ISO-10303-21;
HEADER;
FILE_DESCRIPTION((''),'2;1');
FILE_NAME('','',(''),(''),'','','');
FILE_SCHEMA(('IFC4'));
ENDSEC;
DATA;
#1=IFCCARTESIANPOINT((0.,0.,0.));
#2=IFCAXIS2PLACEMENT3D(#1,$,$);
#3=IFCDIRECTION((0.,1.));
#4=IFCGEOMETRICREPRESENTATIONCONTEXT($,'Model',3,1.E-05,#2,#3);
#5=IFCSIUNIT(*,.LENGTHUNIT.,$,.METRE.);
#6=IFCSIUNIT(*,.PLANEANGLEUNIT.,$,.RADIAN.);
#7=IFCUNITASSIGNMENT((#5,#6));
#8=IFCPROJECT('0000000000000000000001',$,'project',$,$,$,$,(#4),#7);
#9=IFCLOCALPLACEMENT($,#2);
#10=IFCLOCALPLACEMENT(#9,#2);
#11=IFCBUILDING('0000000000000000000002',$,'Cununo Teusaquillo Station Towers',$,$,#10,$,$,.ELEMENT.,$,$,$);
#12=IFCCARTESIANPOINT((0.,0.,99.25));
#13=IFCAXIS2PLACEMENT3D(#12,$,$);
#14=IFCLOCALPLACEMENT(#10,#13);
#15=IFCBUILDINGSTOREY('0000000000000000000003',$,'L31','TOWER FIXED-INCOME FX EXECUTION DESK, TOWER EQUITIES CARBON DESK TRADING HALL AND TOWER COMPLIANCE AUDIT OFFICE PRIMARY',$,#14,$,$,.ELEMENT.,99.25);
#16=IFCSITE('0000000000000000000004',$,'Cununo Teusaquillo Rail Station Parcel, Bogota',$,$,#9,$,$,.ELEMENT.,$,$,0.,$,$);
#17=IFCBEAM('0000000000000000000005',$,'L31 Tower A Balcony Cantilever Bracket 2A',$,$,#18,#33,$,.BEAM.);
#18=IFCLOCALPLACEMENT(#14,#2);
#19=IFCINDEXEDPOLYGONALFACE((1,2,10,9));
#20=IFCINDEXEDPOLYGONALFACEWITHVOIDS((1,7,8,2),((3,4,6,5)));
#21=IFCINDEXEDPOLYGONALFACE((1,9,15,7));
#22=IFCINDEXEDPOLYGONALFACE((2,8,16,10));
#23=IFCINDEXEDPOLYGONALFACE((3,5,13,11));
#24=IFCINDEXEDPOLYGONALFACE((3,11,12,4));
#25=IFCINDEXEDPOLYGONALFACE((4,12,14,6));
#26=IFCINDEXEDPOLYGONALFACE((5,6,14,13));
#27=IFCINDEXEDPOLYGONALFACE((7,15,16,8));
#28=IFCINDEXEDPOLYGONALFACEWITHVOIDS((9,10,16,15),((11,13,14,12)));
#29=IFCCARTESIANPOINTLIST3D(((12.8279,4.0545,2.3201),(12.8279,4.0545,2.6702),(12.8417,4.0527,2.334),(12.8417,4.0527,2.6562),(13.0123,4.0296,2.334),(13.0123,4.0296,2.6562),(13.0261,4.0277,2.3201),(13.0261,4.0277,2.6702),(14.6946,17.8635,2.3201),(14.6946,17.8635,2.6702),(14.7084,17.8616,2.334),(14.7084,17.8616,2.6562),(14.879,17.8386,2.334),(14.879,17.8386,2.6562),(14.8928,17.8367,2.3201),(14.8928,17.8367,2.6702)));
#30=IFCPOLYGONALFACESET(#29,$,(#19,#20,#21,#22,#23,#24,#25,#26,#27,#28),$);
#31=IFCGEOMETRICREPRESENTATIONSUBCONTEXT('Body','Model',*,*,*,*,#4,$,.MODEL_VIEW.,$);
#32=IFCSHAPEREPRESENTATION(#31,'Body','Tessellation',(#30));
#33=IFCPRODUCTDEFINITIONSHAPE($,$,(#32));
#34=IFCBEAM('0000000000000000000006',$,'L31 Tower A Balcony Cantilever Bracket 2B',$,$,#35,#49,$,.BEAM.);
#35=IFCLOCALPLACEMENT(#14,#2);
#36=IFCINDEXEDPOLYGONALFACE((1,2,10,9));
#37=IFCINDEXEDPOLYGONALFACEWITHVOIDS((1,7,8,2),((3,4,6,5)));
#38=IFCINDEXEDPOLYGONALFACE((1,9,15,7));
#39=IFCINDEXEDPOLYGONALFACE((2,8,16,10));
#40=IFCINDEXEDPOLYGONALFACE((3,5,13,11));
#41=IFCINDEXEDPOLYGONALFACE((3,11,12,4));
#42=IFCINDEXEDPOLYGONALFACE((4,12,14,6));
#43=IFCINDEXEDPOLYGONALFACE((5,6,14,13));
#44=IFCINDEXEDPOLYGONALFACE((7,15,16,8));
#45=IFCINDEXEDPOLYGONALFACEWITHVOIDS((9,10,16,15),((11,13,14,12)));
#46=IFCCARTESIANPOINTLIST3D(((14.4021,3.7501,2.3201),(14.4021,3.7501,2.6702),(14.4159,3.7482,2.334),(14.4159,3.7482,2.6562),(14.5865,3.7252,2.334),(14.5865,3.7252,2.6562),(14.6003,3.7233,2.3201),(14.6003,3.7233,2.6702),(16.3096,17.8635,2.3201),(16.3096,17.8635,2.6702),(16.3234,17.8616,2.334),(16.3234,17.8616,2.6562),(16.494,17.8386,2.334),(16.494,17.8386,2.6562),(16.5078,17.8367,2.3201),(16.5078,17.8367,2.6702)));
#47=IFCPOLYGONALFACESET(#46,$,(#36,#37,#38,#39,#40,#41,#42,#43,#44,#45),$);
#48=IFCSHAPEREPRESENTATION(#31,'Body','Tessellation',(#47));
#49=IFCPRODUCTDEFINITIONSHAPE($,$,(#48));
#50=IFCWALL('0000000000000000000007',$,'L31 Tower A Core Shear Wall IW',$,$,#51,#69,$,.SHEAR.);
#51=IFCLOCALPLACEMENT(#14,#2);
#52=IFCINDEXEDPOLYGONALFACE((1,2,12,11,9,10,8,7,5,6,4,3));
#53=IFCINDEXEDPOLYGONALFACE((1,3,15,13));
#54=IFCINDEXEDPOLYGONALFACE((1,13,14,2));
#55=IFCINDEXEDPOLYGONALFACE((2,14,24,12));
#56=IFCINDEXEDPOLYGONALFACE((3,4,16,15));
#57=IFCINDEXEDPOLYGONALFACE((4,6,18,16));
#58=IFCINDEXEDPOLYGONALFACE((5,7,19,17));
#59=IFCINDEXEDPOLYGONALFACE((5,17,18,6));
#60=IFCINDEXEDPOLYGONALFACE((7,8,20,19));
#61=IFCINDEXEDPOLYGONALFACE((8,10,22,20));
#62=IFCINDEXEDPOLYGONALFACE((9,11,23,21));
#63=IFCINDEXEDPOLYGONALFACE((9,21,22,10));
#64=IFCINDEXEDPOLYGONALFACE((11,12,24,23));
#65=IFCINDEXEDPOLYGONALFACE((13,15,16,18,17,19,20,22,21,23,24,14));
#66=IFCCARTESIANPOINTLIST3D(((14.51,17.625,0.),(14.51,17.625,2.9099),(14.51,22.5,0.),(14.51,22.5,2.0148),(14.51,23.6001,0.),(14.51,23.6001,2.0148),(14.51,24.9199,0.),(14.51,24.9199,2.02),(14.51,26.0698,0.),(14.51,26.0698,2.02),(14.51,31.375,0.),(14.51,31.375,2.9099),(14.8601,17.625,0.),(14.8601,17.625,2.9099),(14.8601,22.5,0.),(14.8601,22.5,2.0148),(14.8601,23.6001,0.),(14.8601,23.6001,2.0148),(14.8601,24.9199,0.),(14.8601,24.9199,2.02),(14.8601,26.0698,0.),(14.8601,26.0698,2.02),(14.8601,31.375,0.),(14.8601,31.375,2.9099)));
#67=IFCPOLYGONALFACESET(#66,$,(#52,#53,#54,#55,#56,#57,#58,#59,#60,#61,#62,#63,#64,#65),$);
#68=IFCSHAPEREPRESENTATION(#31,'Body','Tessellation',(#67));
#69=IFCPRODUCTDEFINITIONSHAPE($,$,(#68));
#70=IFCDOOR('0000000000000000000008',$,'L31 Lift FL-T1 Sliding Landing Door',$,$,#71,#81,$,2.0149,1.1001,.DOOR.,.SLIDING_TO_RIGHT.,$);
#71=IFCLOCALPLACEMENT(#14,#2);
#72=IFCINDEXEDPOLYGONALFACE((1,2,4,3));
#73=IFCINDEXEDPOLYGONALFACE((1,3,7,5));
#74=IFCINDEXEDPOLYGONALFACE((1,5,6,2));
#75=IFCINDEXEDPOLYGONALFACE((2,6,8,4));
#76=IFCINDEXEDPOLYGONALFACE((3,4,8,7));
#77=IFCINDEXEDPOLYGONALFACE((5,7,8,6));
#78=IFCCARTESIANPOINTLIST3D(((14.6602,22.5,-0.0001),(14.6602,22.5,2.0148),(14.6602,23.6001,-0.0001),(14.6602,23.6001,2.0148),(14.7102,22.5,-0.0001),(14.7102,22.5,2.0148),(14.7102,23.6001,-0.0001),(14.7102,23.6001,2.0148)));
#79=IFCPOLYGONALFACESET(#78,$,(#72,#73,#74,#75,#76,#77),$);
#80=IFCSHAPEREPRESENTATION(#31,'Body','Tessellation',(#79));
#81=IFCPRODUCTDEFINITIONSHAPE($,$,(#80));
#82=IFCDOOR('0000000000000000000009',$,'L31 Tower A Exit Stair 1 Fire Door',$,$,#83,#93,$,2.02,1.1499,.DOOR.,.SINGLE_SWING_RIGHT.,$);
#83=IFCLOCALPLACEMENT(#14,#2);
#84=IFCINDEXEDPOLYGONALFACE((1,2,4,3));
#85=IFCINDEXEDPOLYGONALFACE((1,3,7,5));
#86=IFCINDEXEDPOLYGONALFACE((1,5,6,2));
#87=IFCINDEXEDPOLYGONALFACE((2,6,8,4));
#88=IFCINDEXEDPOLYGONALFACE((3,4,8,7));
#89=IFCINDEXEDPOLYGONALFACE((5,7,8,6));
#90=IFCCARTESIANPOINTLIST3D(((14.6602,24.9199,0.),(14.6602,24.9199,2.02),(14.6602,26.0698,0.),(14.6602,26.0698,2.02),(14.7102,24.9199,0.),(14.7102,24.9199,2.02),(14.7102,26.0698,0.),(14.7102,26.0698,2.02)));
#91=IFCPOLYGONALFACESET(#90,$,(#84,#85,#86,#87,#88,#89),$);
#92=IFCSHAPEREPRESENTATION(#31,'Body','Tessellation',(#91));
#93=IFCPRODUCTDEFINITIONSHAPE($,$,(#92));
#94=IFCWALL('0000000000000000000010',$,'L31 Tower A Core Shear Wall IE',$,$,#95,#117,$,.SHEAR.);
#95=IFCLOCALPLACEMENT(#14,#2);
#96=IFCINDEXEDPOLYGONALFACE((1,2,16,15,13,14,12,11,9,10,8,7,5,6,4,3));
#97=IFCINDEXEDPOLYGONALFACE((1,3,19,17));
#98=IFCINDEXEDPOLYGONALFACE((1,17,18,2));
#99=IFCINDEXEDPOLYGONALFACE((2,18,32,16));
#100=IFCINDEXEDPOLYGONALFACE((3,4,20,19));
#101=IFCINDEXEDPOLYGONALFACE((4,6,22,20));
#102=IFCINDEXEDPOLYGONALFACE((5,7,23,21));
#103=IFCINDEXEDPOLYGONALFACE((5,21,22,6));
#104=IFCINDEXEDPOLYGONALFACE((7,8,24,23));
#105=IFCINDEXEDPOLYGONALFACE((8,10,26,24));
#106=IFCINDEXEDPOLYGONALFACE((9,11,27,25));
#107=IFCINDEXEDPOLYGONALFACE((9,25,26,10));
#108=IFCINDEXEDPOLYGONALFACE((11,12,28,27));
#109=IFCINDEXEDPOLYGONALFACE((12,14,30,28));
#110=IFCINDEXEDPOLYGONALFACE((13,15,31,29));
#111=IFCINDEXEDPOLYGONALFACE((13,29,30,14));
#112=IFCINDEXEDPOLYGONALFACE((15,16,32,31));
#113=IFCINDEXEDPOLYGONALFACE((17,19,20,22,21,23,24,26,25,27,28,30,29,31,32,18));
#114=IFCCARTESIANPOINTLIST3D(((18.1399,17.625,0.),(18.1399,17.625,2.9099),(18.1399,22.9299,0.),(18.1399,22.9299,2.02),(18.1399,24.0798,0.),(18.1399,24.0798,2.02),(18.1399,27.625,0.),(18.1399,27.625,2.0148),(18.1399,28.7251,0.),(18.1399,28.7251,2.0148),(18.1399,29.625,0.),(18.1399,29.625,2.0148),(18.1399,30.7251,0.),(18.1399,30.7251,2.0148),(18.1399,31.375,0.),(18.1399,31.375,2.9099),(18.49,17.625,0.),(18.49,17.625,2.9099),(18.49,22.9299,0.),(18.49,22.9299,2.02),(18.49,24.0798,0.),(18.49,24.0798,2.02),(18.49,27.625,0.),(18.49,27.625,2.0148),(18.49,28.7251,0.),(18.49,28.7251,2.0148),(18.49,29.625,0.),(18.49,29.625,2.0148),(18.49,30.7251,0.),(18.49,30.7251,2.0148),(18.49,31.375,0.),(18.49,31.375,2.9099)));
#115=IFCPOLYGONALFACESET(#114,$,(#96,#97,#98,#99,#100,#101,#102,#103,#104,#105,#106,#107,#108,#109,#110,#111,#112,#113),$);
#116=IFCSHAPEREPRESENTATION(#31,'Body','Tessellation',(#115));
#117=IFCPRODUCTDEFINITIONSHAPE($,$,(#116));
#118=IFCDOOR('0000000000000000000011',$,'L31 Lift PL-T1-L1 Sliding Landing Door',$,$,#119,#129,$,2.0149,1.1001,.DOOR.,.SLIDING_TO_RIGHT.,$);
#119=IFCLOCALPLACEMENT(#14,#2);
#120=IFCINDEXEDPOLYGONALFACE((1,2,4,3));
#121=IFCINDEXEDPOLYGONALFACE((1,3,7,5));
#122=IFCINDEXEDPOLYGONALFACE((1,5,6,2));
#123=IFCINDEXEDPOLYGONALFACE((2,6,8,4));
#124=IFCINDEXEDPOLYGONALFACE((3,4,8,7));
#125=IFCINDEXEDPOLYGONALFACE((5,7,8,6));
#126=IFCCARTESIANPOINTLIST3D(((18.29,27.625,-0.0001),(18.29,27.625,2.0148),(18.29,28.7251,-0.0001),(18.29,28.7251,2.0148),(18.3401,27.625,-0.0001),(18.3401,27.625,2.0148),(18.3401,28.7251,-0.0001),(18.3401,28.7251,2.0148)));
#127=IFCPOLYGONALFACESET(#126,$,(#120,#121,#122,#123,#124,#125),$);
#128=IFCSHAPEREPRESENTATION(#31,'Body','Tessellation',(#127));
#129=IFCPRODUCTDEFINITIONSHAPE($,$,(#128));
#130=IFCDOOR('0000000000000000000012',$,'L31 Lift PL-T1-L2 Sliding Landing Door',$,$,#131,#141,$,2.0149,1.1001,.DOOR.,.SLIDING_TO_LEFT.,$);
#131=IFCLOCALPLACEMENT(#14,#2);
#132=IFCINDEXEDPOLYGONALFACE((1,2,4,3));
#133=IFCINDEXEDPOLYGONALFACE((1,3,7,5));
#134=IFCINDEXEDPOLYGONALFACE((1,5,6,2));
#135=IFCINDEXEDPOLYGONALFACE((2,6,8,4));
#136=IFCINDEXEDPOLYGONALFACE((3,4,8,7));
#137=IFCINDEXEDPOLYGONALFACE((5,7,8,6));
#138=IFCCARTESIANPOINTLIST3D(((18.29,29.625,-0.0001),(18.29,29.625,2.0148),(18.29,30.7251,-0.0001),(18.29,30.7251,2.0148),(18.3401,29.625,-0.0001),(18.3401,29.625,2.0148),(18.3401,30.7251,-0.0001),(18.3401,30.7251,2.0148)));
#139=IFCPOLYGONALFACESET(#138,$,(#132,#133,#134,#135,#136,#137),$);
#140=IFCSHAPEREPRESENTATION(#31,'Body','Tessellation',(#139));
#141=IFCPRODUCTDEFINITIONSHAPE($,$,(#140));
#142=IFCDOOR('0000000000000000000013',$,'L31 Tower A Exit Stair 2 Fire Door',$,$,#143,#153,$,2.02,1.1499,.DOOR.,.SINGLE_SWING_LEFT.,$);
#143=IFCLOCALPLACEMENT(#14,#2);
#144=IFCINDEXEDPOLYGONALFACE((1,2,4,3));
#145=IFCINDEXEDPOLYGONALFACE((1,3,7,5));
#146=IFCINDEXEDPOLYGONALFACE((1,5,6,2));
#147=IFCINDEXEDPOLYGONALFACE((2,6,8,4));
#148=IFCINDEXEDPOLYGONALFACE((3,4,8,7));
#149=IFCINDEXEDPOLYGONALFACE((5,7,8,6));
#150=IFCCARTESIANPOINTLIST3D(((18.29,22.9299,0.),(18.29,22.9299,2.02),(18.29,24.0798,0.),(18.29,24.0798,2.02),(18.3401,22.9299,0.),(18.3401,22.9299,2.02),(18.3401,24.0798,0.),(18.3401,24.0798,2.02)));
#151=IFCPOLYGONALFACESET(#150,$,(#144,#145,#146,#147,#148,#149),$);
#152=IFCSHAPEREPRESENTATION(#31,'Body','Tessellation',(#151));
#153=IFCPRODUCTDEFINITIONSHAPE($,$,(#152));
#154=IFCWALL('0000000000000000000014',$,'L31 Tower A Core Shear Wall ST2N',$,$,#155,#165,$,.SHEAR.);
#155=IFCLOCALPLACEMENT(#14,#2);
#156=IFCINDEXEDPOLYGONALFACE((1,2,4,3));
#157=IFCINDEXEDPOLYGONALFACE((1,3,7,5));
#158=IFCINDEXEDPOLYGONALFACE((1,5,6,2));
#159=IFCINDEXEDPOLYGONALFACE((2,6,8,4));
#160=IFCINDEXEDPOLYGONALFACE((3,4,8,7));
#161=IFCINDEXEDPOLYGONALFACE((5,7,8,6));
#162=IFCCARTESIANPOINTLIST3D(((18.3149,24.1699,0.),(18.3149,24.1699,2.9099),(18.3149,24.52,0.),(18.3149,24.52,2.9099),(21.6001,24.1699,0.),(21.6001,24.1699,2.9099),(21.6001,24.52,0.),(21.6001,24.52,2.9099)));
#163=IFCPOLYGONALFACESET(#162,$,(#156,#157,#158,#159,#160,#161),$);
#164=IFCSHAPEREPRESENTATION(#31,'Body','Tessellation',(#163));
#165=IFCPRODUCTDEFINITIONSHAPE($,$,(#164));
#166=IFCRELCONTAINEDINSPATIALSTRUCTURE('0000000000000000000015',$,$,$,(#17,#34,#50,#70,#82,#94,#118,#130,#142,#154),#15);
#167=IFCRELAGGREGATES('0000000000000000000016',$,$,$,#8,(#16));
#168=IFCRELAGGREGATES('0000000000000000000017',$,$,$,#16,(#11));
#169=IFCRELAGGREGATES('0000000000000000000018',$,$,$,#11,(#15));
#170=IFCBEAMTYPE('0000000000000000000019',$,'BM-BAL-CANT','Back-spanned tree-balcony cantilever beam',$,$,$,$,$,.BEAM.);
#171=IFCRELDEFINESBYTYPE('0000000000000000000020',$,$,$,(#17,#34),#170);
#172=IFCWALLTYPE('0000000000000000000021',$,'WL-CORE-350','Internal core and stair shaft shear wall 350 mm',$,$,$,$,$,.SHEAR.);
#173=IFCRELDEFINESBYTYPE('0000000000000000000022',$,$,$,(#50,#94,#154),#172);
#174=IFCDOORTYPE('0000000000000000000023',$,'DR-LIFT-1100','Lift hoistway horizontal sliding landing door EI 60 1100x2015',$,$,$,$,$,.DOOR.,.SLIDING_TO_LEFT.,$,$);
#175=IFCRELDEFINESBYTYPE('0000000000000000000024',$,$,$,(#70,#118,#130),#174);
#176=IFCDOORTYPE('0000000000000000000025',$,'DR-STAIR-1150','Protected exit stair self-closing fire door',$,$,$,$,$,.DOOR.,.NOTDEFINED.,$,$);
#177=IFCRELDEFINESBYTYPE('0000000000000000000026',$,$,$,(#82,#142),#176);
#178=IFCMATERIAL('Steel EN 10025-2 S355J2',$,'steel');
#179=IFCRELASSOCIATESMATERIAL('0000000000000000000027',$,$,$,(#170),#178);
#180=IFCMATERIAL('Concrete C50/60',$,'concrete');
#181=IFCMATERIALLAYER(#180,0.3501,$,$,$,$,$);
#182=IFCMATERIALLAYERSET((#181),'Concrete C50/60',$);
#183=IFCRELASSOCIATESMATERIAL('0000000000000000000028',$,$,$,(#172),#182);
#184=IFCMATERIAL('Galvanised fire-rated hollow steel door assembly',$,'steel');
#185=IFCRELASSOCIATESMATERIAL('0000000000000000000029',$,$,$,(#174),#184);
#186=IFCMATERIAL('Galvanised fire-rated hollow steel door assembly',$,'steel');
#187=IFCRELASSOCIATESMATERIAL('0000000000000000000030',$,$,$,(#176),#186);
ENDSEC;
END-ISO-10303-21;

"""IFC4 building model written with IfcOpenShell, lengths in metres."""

from ifc_helpers import new_model, si_unit, direction, frame, frame_2d, origin, origin_2d, place, context, subcontext, project, spatial, rectangle, hollow_rectangle, extrude, source, transform, mapped, material, layer, layer_set, material_profile, profile_set, type_object, element, fill, save


model = new_model("IFC4")

# Units and contexts
model_context = context("Model", 3, precision=1e-05, world=origin(), true_north=direction((0.0, 1.0)))
body_context = subcontext(model_context, "Body", "Model", "MODEL_VIEW")
ifc_project = project(units=[si_unit("LENGTHUNIT", "METRE"), si_unit("PLANEANGLEUNIT", "RADIAN")], contexts=[model_context])

# Site, building, storey
site_placement = place(None, origin())
site = spatial("IfcSite", under=ifc_project, at=site_placement, Name="Cununo Teusaquillo Rail Station Parcel, Bogota", CompositionType="ELEMENT", RefElevation=0.0)
building_placement = place(site_placement, origin())
building = spatial("IfcBuilding", under=site, at=building_placement, Name="Cununo Teusaquillo Station Towers", CompositionType="ELEMENT")
storey_placement = place(building_placement, frame((0.0, 0.0, 99.25)))
storey = spatial("IfcBuildingStorey", under=building, at=storey_placement, Name="L31", Description="TOWER FIXED-INCOME FX EXECUTION DESK, TOWER EQUITIES CARBON DESK TRADING HALL AND TOWER COMPLIANCE AUDIT OFFICE PRIMARY", CompositionType="ELEMENT", Elevation=99.25)

# Beams
ifc_material_1 = material(Name="Steel EN 10025-2 S355J2", Category="steel")
ifc_material_profile = material_profile(ifc_material_1, hollow_rectangle(XDim=0.2, YDim=0.3501, WallThickness=0.0139, at=origin_2d()), Name="RHS 350x200x14")
ifc_profile_set = profile_set([ifc_material_profile], Name="Steel EN 10025-2 S355J2")
beam_type = type_object("IfcBeamType", Name="BM-BAL-CANT", Description="Back-spanned tree-balcony cantilever beam", PredefinedType="BEAM", material=ifc_profile_set)
beam_1_placement = place(storey_placement, frame((14.7937, 17.8501, 2.4951), z_axis=(-0.133961, -0.990987, 0.0), x_axis=(0.990987, -0.133961, 0.0)))
element("IfcBeam", 1, at=beam_1_placement, inside=storey, type_object=beam_type, Name="L31 Tower A Balcony Cantilever Bracket 2A", PredefinedType="BEAM", context=body_context, shape_type="SweptSolid", body=[
    extrude(hollow_rectangle(XDim=0.2, YDim=0.3501, WallThickness=0.0139, at=origin_2d()), origin(), (0.0, 0.0, 1.0), 13.9346),
])
beam_2_placement = place(storey_placement, frame((16.4087, 17.8501, 2.4951), z_axis=(-0.133937, -0.99099, 0.0), x_axis=(0.99099, -0.133937, 0.0)))
element("IfcBeam", 2, at=beam_2_placement, inside=storey, type_object=beam_type, Name="L31 Tower A Balcony Cantilever Bracket 2B", PredefinedType="BEAM", context=body_context, shape_type="SweptSolid", body=[
    extrude(hollow_rectangle(XDim=0.2, YDim=0.3501, WallThickness=0.0139, at=origin_2d()), origin(), (0.0, 0.0, 1.0), 14.2417),
])

# Walls, openings, doors
ifc_material_2 = material(Name="Concrete C50/60", Category="concrete")
ifc_layer_1 = layer(ifc_material_2, 0.3501)
ifc_layer_set_1 = layer_set([ifc_layer_1], Name="Concrete C50/60")
wall_type_1 = type_object("IfcWallType", Name="WL-CORE-350", Description="Internal core and stair shaft shear wall 350 mm", PredefinedType="SHEAR", material=ifc_layer_set_1)
wall_1_placement = place(storey_placement, frame((14.6851, 17.625, 0.0), z_axis=(0.0, 0.0, 1.0), x_axis=(0.0, 1.0, 0.0)))
wall_1 = element("IfcWall", 3, at=wall_1_placement, inside=storey, type_object=wall_type_1, Name="L31 Tower A Core Shear Wall IW", PredefinedType="SHEAR", context=body_context, shape_type="SweptSolid", body=[
    extrude(rectangle(XDim=13.75, YDim=0.3501, at=frame_2d((6.875, 0.0))), origin(), (0.0, 0.0, 1.0), 2.9099),
])
shared_shape_1 = source(origin(), body_context, "Body", "SweptSolid", [
    extrude(rectangle(XDim=1.1001, YDim=2.0149, at=frame_2d((0.55, 1.0073))), frame((0.0, 0.1851, 0.0), z_axis=(0.0, -1.0, 0.0), x_axis=(1.0, 0.0, 0.0)), (0.0, 0.0, 1.0), 0.3701),
])
opening_1_placement = place(wall_1_placement, frame((4.875, 0.0, 0.0)))
opening_1 = element("IfcOpeningElement", 4, at=opening_1_placement, cuts=wall_1, PredefinedType="OPENING", context=body_context, shape_type="MappedRepresentation", body=[
    mapped(shared_shape_1, transform((0.0, 0.0, 0.0), x_axis=(1.0, 0.0, 0.0), y_axis=(0.0, 1.0, 0.0), z_axis=(0.0, 0.0, 1.0), scale=1.0)),
])
shared_shape_2 = source(origin(), body_context, "Body", "SweptSolid", [
    extrude(rectangle(XDim=1.1499, YDim=2.02, at=frame_2d((0.575, 1.01))), frame((0.0, 0.1851, 0.0), z_axis=(0.0, -1.0, 0.0), x_axis=(1.0, 0.0, 0.0)), (0.0, 0.0, 1.0), 0.3701),
])
opening_2_placement = place(wall_1_placement, frame((7.2949, 0.0, 0.0)))
opening_2 = element("IfcOpeningElement", 5, at=opening_2_placement, cuts=wall_1, PredefinedType="OPENING", context=body_context, shape_type="MappedRepresentation", body=[
    mapped(shared_shape_2, transform((0.0, 0.0, 0.0), x_axis=(1.0, 0.0, 0.0), y_axis=(0.0, 1.0, 0.0), z_axis=(0.0, 0.0, 1.0), scale=1.0)),
])
ifc_material_3 = material(Name="Galvanised fire-rated hollow steel door assembly", Category="steel")
door_type_1 = type_object("IfcDoorType", Name="DR-LIFT-1100", Description="Lift hoistway horizontal sliding landing door EI 60 1100x2015", OperationType="SLIDING_TO_LEFT", PredefinedType="DOOR", material=ifc_material_3)
shared_shape_3 = source(origin(), body_context, "Body", "SweptSolid", [
    extrude(rectangle(XDim=1.1001, YDim=2.0149, at=frame_2d((0.55, 1.0073))), frame((0.0, 0.0249, 0.0), z_axis=(0.0, -1.0, 0.0), x_axis=(1.0, 0.0, 0.0)), (0.0, 0.0, 1.0), 0.05),
])
door_1_placement = place(opening_1_placement, origin())
door_1 = element("IfcDoor", 6, at=door_1_placement, inside=storey, type_object=door_type_1, Name="L31 Lift FL-T1 Sliding Landing Door", OperationType="SLIDING_TO_RIGHT", OverallHeight=2.0149, OverallWidth=1.1001, PredefinedType="DOOR", context=body_context, shape_type="MappedRepresentation", body=[
    mapped(shared_shape_3, transform((0.0, 0.0, 0.0), x_axis=(1.0, 0.0, 0.0), y_axis=(0.0, 1.0, 0.0), z_axis=(0.0, 0.0, 1.0), scale=1.0)),
])
fill(opening_1, door_1)
ifc_material_4 = material(Name="Galvanised fire-rated hollow steel door assembly", Category="steel")
door_type_2 = type_object("IfcDoorType", Name="DR-STAIR-1150", Description="Protected exit stair self-closing fire door", OperationType="NOTDEFINED", PredefinedType="DOOR", material=ifc_material_4)
shared_shape_4 = source(origin(), body_context, "Body", "SweptSolid", [
    extrude(rectangle(XDim=1.1499, YDim=2.02, at=frame_2d((0.575, 1.01))), frame((0.0, 0.0249, 0.0), z_axis=(0.0, -1.0, 0.0), x_axis=(1.0, 0.0, 0.0)), (0.0, 0.0, 1.0), 0.05),
])
door_2_placement = place(opening_2_placement, origin())
door_2 = element("IfcDoor", 7, at=door_2_placement, inside=storey, type_object=door_type_2, Name="L31 Tower A Exit Stair 1 Fire Door", OperationType="SINGLE_SWING_RIGHT", OverallHeight=2.02, OverallWidth=1.1499, PredefinedType="DOOR", context=body_context, shape_type="MappedRepresentation", body=[
    mapped(shared_shape_4, transform((0.0, 0.0, 0.0), x_axis=(1.0, 0.0, 0.0), y_axis=(0.0, 1.0, 0.0), z_axis=(0.0, 0.0, 1.0), scale=1.0)),
])
fill(opening_2, door_2)
wall_2_placement = place(storey_placement, frame((18.3149, 17.625, 0.0), z_axis=(0.0, 0.0, 1.0), x_axis=(0.0, 1.0, 0.0)))
wall_2 = element("IfcWall", 8, at=wall_2_placement, inside=storey, type_object=wall_type_1, Name="L31 Tower A Core Shear Wall IE", PredefinedType="SHEAR", context=body_context, shape_type="SweptSolid", body=[
    extrude(rectangle(XDim=13.75, YDim=0.3501, at=frame_2d((6.875, 0.0))), origin(), (0.0, 0.0, 1.0), 2.9099),
])
opening_3_placement = place(wall_2_placement, frame((10.0, 0.0, 0.0)))
opening_3 = element("IfcOpeningElement", 9, at=opening_3_placement, cuts=wall_2, PredefinedType="OPENING", context=body_context, shape_type="MappedRepresentation", body=[
    mapped(shared_shape_1, transform((0.0, 0.0, 0.0), x_axis=(1.0, 0.0, 0.0), y_axis=(0.0, 1.0, 0.0), z_axis=(0.0, 0.0, 1.0), scale=1.0)),
])
opening_4_placement = place(wall_2_placement, frame((12.0, 0.0, 0.0)))
opening_4 = element("IfcOpeningElement", 10, at=opening_4_placement, cuts=wall_2, PredefinedType="OPENING", context=body_context, shape_type="MappedRepresentation", body=[
    mapped(shared_shape_1, transform((0.0, 0.0, 0.0), x_axis=(1.0, 0.0, 0.0), y_axis=(0.0, 1.0, 0.0), z_axis=(0.0, 0.0, 1.0), scale=1.0)),
])
opening_5_placement = place(wall_2_placement, frame((5.3049, 0.0, 0.0)))
opening_5 = element("IfcOpeningElement", 11, at=opening_5_placement, cuts=wall_2, PredefinedType="OPENING", context=body_context, shape_type="MappedRepresentation", body=[
    mapped(shared_shape_2, transform((0.0, 0.0, 0.0), x_axis=(1.0, 0.0, 0.0), y_axis=(0.0, 1.0, 0.0), z_axis=(0.0, 0.0, 1.0), scale=1.0)),
])
door_3_placement = place(opening_3_placement, origin())
door_3 = element("IfcDoor", 12, at=door_3_placement, inside=storey, type_object=door_type_1, Name="L31 Lift PL-T1-L1 Sliding Landing Door", OperationType="SLIDING_TO_RIGHT", OverallHeight=2.0149, OverallWidth=1.1001, PredefinedType="DOOR", context=body_context, shape_type="MappedRepresentation", body=[
    mapped(shared_shape_3, transform((0.0, 0.0, 0.0), x_axis=(1.0, 0.0, 0.0), y_axis=(0.0, 1.0, 0.0), z_axis=(0.0, 0.0, 1.0), scale=1.0)),
])
fill(opening_3, door_3)
door_4_placement = place(opening_4_placement, origin())
door_4 = element("IfcDoor", 13, at=door_4_placement, inside=storey, type_object=door_type_1, Name="L31 Lift PL-T1-L2 Sliding Landing Door", OperationType="SLIDING_TO_LEFT", OverallHeight=2.0149, OverallWidth=1.1001, PredefinedType="DOOR", context=body_context, shape_type="MappedRepresentation", body=[
    mapped(shared_shape_3, transform((0.0, 0.0, 0.0), x_axis=(1.0, 0.0, 0.0), y_axis=(0.0, 1.0, 0.0), z_axis=(0.0, 0.0, 1.0), scale=1.0)),
])
fill(opening_4, door_4)
door_5_placement = place(opening_5_placement, origin())
door_5 = element("IfcDoor", 14, at=door_5_placement, inside=storey, type_object=door_type_2, Name="L31 Tower A Exit Stair 2 Fire Door", OperationType="SINGLE_SWING_LEFT", OverallHeight=2.02, OverallWidth=1.1499, PredefinedType="DOOR", context=body_context, shape_type="MappedRepresentation", body=[
    mapped(shared_shape_4, transform((0.0, 0.0, 0.0), x_axis=(1.0, 0.0, 0.0), y_axis=(0.0, 1.0, 0.0), z_axis=(0.0, 0.0, 1.0), scale=1.0)),
])
fill(opening_5, door_5)

# Wall
wall_3_placement = place(storey_placement, frame((18.3149, 24.345, 0.0), z_axis=(0.0, 0.0, 1.0), x_axis=(1.0, 0.0, 0.0)))
element("IfcWall", 15, at=wall_3_placement, inside=storey, type_object=wall_type_1, Name="L31 Tower A Core Shear Wall ST2N", PredefinedType="SHEAR", context=body_context, shape_type="SweptSolid", body=[
    extrude(rectangle(XDim=3.2852, YDim=0.3501, at=frame_2d((1.6426, 0.0))), origin(), (0.0, 0.0, 1.0), 2.9099),
])

save(model, "model.ifc")
